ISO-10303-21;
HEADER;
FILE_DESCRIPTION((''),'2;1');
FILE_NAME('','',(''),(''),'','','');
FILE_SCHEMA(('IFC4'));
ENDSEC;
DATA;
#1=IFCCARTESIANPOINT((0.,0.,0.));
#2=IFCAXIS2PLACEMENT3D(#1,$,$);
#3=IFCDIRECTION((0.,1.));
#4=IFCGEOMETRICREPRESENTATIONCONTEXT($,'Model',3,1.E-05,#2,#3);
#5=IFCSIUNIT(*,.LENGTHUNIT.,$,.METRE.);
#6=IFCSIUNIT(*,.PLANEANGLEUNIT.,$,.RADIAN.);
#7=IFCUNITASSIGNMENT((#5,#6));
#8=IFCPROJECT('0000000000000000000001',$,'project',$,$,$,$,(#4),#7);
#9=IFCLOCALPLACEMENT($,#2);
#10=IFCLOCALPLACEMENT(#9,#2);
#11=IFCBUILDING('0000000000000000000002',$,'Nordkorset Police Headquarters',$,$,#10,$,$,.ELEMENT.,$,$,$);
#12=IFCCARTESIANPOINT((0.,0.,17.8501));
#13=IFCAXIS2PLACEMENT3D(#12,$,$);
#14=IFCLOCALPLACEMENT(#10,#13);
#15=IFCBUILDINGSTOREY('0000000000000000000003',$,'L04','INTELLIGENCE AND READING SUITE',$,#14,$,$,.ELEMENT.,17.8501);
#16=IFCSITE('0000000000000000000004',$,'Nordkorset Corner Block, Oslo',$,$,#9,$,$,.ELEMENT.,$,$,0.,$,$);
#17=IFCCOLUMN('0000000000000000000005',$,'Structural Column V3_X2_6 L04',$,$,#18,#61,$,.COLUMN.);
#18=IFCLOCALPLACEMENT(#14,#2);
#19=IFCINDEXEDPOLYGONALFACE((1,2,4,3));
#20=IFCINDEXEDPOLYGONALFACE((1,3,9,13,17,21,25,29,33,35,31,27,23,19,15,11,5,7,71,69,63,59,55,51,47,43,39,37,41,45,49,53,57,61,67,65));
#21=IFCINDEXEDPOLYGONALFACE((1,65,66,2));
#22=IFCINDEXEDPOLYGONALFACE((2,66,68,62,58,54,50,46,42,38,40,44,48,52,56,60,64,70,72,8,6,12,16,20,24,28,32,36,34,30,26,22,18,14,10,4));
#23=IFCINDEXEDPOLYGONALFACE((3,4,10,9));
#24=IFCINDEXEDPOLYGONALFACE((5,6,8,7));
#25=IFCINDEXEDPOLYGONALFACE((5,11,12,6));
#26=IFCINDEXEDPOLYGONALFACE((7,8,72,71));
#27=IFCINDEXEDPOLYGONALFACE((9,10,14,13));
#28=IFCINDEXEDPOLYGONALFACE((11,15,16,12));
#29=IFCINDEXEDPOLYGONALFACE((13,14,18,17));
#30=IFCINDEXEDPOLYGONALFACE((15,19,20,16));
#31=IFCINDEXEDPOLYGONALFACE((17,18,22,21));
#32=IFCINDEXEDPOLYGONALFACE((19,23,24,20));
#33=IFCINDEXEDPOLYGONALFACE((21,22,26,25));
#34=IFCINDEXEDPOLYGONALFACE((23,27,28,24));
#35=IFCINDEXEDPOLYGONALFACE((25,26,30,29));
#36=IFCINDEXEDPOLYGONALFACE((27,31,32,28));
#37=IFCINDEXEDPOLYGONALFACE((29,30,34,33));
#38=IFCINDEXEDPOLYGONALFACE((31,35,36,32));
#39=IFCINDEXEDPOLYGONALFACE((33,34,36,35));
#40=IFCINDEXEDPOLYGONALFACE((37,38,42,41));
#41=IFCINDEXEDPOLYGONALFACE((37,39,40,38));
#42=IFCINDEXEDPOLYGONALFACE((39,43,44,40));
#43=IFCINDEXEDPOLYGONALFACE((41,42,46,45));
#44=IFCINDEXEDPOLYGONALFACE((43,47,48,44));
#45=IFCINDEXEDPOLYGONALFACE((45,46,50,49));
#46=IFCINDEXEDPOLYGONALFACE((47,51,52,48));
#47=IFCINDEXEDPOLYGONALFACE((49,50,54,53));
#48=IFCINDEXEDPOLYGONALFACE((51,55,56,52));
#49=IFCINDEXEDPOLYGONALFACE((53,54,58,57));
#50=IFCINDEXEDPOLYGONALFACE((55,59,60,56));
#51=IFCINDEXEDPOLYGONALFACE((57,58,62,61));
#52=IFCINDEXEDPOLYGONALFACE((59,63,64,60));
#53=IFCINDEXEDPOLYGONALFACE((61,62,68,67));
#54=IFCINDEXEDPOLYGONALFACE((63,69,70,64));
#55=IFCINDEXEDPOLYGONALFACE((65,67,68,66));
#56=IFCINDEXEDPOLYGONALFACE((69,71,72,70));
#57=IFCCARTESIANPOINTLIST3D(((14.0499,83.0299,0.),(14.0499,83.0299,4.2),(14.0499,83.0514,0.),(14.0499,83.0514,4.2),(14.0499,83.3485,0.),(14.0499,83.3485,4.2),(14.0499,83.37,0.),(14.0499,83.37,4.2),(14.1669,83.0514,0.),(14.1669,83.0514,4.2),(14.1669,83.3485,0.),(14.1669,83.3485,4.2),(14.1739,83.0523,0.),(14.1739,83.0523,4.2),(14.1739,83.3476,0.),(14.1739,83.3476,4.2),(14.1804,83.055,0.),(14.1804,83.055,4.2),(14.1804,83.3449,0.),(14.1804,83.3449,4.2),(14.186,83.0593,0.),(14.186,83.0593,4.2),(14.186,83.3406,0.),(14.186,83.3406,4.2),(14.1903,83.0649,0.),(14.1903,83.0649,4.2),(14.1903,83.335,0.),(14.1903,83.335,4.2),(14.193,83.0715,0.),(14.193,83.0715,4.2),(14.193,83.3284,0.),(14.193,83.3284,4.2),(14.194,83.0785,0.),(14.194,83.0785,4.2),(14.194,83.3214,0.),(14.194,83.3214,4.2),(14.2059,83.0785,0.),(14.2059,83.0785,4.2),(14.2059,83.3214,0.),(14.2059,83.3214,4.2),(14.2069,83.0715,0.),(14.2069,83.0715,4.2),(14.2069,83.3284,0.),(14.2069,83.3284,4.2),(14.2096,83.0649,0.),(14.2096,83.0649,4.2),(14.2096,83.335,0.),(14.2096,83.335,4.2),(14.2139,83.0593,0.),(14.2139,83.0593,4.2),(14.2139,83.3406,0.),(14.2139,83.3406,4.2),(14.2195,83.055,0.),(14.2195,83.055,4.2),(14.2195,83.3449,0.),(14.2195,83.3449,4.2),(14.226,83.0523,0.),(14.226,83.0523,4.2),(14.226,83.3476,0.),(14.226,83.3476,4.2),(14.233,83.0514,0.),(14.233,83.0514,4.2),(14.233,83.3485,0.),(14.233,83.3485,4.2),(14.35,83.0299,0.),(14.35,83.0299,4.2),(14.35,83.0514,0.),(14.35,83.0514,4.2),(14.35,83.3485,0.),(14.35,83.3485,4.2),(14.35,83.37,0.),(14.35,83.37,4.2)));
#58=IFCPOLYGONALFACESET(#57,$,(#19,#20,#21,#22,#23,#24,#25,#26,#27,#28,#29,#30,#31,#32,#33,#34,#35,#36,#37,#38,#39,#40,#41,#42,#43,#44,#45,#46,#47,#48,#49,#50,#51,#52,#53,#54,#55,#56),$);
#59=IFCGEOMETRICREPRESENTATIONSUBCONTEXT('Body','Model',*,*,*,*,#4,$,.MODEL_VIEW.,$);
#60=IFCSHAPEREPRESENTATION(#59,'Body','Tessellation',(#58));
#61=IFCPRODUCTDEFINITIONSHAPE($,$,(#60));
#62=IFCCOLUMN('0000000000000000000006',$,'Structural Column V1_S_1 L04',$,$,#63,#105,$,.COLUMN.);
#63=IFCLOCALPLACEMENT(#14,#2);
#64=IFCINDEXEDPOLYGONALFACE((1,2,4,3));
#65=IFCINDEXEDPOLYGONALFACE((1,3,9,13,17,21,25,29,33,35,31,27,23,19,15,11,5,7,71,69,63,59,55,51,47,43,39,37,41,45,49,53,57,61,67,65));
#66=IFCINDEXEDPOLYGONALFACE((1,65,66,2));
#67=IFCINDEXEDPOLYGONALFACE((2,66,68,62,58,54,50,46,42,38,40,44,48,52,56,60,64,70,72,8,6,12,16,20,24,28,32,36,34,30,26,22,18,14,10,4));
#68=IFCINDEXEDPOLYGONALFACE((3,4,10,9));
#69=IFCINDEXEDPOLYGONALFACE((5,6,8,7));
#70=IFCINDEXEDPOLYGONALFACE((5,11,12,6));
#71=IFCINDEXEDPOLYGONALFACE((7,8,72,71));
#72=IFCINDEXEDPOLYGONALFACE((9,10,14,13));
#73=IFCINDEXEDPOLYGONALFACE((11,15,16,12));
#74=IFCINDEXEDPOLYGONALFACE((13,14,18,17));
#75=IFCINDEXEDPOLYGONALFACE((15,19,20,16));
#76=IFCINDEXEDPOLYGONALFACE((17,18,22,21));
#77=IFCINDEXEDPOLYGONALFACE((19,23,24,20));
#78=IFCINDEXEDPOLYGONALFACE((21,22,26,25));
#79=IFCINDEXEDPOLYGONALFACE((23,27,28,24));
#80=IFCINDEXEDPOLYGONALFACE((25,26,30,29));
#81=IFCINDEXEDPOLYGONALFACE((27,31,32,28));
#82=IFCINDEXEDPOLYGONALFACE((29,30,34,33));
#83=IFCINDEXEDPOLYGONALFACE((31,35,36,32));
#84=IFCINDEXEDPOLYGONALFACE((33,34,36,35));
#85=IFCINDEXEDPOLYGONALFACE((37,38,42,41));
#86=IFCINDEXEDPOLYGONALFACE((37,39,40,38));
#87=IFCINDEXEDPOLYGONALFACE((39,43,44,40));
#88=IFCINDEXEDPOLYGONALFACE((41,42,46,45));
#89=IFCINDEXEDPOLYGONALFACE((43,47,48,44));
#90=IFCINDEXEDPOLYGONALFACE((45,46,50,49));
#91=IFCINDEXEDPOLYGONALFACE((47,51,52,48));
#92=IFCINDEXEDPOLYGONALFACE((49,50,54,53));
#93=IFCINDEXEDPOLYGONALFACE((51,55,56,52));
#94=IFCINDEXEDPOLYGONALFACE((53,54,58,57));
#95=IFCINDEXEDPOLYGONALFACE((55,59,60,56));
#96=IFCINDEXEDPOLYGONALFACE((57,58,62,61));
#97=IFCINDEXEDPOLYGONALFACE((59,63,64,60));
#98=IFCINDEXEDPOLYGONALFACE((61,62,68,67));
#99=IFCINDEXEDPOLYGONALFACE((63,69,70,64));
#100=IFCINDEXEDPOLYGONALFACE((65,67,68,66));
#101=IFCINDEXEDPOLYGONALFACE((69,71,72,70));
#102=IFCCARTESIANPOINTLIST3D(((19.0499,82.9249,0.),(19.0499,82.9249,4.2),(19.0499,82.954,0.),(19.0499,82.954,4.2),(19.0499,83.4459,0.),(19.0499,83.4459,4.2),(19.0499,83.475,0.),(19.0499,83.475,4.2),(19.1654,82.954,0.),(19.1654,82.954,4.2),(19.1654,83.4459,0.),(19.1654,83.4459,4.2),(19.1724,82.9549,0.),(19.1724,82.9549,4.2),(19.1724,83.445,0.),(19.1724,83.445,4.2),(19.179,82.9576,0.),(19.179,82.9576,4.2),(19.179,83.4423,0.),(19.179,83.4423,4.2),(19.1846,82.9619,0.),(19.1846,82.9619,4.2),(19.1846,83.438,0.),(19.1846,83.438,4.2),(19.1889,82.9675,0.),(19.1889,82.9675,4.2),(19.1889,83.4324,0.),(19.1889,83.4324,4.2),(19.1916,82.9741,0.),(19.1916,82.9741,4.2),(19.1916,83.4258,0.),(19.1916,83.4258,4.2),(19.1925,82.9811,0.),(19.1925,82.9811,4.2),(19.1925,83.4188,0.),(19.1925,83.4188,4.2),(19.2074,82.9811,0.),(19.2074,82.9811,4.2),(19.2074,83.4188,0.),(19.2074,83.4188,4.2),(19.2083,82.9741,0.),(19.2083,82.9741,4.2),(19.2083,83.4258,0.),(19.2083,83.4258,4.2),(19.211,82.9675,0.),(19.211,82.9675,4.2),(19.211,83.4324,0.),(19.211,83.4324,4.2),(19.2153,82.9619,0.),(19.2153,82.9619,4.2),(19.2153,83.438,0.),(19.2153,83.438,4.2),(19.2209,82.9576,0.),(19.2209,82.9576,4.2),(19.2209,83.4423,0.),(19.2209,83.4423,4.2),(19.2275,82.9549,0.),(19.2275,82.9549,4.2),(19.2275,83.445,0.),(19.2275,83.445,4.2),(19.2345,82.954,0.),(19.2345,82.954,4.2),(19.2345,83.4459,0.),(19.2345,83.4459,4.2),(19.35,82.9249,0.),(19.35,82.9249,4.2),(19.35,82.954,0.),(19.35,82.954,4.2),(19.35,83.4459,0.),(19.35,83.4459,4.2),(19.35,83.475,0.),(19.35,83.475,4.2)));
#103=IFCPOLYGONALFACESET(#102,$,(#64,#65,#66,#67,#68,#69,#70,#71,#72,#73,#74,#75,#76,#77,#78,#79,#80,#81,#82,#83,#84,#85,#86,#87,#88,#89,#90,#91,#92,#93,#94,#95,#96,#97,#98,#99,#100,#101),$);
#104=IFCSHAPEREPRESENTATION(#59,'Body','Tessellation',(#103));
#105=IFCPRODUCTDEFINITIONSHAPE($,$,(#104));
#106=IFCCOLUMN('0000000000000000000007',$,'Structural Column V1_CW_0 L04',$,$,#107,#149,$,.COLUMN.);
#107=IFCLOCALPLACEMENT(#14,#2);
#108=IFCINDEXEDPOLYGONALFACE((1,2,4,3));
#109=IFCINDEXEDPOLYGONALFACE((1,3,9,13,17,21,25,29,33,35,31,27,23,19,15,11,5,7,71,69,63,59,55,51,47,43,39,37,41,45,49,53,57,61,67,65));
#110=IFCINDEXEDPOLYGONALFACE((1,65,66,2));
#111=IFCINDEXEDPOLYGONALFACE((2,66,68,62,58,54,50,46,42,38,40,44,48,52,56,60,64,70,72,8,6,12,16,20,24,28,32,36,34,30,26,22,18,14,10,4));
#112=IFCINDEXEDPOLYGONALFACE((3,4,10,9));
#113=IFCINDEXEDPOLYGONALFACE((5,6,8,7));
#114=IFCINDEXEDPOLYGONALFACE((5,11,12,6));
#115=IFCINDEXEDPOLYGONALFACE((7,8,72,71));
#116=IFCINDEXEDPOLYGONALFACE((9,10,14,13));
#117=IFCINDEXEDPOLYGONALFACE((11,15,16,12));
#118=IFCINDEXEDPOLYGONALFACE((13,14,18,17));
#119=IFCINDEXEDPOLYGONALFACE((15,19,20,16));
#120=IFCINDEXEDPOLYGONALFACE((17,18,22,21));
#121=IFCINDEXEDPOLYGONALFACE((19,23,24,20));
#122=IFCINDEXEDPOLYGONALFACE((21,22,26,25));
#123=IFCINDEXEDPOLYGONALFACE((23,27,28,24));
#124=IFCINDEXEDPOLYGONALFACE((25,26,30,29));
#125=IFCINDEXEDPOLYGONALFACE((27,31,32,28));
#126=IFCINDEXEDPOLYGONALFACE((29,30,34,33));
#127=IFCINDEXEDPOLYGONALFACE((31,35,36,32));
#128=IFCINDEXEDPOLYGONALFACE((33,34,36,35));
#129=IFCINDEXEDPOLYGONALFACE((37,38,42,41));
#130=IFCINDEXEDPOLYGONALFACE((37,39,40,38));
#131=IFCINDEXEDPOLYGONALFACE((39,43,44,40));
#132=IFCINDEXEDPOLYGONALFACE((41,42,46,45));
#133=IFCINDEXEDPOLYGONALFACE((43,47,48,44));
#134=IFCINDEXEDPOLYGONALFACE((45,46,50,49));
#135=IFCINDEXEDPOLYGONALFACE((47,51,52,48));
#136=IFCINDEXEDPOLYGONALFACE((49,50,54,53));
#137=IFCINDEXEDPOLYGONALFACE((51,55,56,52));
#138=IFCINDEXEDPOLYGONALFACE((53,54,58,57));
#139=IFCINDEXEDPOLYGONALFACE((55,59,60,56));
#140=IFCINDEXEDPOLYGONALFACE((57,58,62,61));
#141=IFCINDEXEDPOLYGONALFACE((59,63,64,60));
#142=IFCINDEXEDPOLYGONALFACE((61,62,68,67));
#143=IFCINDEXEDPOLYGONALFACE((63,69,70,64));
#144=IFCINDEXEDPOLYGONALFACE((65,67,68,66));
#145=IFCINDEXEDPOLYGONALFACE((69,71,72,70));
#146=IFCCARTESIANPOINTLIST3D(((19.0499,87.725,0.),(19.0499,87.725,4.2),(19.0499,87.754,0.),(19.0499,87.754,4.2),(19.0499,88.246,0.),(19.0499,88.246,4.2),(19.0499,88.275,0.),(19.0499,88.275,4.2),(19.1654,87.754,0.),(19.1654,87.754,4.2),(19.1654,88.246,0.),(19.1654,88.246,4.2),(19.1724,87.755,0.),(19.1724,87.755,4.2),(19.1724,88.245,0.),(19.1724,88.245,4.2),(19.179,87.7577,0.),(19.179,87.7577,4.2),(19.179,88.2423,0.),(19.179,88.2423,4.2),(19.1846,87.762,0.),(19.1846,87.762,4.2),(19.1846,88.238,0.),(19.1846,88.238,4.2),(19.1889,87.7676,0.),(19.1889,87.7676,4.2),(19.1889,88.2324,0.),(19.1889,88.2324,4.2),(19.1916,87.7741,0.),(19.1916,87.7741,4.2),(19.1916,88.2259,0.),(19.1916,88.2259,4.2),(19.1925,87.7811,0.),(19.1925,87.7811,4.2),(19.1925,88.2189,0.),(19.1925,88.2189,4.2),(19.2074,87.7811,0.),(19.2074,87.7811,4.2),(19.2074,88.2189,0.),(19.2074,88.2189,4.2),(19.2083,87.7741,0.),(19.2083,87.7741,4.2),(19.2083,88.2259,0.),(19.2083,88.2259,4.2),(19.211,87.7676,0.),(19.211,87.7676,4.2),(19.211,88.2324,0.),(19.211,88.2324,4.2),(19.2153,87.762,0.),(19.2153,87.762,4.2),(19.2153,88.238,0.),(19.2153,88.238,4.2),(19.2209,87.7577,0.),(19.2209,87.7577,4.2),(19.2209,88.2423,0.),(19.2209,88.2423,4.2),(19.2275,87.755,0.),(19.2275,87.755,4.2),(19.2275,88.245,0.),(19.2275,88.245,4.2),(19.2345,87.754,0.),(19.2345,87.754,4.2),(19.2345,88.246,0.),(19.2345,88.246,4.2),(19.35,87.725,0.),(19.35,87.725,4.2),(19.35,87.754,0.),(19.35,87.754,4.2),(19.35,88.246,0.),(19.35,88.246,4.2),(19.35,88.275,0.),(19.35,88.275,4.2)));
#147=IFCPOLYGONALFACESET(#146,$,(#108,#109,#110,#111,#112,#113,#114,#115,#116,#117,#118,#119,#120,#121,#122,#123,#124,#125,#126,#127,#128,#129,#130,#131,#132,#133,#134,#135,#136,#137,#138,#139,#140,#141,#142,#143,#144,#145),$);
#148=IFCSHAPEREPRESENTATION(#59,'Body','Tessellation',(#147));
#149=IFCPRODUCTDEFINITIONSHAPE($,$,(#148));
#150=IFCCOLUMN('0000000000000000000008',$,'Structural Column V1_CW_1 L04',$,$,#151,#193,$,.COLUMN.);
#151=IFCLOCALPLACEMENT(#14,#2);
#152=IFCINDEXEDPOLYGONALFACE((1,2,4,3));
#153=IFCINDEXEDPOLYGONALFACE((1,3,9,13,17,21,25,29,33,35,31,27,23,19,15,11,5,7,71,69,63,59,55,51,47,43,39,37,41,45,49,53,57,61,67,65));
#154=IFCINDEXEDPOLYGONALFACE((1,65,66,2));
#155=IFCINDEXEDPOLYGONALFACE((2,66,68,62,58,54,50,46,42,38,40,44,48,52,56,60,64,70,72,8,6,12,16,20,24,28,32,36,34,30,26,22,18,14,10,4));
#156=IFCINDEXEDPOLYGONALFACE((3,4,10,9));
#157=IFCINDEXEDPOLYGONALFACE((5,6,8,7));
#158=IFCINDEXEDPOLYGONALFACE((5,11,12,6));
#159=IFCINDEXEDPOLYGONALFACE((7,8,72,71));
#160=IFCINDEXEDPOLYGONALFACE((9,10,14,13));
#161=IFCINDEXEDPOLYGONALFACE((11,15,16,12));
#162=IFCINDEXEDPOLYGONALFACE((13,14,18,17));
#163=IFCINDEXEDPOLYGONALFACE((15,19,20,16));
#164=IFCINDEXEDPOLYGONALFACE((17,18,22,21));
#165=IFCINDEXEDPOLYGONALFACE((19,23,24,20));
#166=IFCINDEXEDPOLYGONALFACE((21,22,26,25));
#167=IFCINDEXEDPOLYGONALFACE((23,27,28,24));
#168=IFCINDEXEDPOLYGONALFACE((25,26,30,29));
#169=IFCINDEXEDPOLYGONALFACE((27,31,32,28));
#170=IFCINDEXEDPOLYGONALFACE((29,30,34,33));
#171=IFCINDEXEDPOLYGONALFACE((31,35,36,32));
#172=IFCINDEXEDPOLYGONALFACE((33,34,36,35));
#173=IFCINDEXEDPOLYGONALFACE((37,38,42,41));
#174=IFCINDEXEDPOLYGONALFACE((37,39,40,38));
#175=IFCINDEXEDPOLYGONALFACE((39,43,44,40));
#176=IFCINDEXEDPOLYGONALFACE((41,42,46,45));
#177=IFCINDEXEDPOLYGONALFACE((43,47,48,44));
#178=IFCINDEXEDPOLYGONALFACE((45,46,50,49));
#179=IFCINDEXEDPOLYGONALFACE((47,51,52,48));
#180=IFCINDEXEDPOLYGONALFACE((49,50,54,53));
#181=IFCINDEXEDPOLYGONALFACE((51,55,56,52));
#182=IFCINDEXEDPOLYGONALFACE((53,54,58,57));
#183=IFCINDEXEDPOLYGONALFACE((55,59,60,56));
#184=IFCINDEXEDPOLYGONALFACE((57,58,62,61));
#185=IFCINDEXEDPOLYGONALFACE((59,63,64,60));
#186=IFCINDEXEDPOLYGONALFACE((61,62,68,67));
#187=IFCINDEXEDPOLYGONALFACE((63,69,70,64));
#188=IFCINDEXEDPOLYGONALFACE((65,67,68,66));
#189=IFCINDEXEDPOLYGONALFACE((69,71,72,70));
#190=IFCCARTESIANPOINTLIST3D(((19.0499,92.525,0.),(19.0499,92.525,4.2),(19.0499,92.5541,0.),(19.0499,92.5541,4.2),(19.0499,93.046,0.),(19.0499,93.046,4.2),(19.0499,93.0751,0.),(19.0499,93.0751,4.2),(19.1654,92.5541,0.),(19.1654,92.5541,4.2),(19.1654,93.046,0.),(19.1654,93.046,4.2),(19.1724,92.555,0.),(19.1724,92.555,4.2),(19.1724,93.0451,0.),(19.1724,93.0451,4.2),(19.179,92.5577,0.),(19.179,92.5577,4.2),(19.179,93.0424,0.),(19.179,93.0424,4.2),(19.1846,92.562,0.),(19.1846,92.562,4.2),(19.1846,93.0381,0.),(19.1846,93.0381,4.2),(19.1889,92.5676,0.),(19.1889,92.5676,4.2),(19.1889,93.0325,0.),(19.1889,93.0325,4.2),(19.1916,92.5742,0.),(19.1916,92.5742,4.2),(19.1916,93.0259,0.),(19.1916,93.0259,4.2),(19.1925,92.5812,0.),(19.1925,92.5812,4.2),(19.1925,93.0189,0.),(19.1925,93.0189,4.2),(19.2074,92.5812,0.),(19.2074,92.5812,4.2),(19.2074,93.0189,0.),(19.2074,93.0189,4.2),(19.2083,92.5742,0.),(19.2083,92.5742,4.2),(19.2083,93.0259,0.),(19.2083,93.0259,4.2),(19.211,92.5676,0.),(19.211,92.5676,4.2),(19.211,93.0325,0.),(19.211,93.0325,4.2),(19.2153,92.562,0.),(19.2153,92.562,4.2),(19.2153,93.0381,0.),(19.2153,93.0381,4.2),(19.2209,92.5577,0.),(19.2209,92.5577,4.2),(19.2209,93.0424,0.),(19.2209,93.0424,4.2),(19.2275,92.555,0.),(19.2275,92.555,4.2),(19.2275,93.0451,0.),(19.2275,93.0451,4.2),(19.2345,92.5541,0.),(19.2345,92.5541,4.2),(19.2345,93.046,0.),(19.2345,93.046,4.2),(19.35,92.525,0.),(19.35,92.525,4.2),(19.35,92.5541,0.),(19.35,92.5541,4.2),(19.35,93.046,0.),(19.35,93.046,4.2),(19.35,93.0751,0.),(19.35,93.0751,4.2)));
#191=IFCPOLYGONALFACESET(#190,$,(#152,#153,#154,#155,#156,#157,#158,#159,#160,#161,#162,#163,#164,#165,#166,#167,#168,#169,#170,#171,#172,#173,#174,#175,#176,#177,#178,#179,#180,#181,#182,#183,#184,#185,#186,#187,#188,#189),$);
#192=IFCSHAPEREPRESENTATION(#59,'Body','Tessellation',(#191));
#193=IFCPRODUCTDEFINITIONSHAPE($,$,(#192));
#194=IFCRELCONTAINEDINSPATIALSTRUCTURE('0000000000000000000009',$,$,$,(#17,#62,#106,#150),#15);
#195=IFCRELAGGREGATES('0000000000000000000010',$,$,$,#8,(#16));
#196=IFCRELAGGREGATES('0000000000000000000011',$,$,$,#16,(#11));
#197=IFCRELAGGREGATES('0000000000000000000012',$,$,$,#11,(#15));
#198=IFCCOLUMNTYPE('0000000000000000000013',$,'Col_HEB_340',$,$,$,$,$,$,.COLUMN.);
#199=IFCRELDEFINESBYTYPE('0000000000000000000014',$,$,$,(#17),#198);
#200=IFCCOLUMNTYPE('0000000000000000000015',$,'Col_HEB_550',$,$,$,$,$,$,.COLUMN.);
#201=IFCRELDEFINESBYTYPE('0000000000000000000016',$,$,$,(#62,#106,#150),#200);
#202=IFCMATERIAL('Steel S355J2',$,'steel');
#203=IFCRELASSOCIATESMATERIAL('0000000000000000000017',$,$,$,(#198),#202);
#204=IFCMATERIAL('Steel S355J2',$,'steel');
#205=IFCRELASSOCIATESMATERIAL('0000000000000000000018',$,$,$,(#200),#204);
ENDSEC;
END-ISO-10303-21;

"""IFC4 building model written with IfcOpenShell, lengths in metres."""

from ifc_helpers import new_model, si_unit, direction, frame, origin, origin_2d, place, context, subcontext, project, spatial, i_section, extrude, material, material_profile, profile_set, type_object, element, save


model = new_model("IFC4")

# Units and contexts
model_context = context("Model", 3, precision=1e-05, world=origin(), true_north=direction((0.0, 1.0)))
body_context = subcontext(model_context, "Body", "Model", "MODEL_VIEW")
ifc_project = project(units=[si_unit("LENGTHUNIT", "METRE"), si_unit("PLANEANGLEUNIT", "RADIAN")], contexts=[model_context])

# Site, building, storey
site_placement = place(None, origin())
site = spatial("IfcSite", under=ifc_project, at=site_placement, Name="Nordkorset Corner Block, Oslo", CompositionType="ELEMENT", RefElevation=0.0)
building_placement = place(site_placement, origin())
building = spatial("IfcBuilding", under=site, at=building_placement, Name="Nordkorset Police Headquarters", CompositionType="ELEMENT")
storey_placement = place(building_placement, frame((0.0, 0.0, 17.8501)))
storey = spatial("IfcBuildingStorey", under=building, at=storey_placement, Name="L04", Description="INTELLIGENCE AND READING SUITE", CompositionType="ELEMENT", Elevation=17.8501)

# Columns
ifc_material_1 = material(Name="Steel S355J2", Category="steel")
ifc_material_profile_1 = material_profile(ifc_material_1, i_section(OverallWidth=0.3, OverallDepth=0.3401, WebThickness=0.012, FlangeThickness=0.0215, FilletRadius=0.0271, at=origin_2d()), Name="HEB 340")
ifc_profile_set_1 = profile_set([ifc_material_profile_1], Name="Steel S355J2")
column_type_1 = type_object("IfcColumnType", Name="Col_HEB_340", PredefinedType="COLUMN", material=ifc_profile_set_1)
column_placement = place(storey_placement, frame((14.2, 83.2, 0.0), z_axis=(0.0, 0.0, 1.0), x_axis=(1.0, 0.0, 0.0)))
element("IfcColumn", 1, at=column_placement, inside=storey, type_object=column_type_1, Name="Structural Column V3_X2_6 L04", PredefinedType="COLUMN", context=body_context, shape_type="SweptSolid", body=[
    extrude(i_section(OverallWidth=0.3, OverallDepth=0.3401, WebThickness=0.012, FlangeThickness=0.0215, FilletRadius=0.0271, at=origin_2d()), origin(), (0.0, 0.0, 1.0), 4.2),
])
ifc_material_2 = material(Name="Steel S355J2", Category="steel")
ifc_material_profile_2 = material_profile(ifc_material_2, i_section(OverallWidth=0.3, OverallDepth=0.55, WebThickness=0.0149, FlangeThickness=0.0291, FilletRadius=0.0271, at=origin_2d()), Name="HEB 550")
ifc_profile_set_2 = profile_set([ifc_material_profile_2], Name="Steel S355J2")
column_type_2 = type_object("IfcColumnType", Name="Col_HEB_550", PredefinedType="COLUMN", material=ifc_profile_set_2)
for number, where, z_axis, x_axis, name in (
    (2, (19.2, 83.2, 0.0), (0.0, 0.0, 1.0), (1.0, 0.0, 0.0), "Structural Column V1_S_1 L04"),
    (3, (19.2, 88.0, 0.0), (0.0, 0.0, 1.0), (1.0, 0.0, 0.0), "Structural Column V1_CW_0 L04"),
    (4, (19.2, 92.8, 0.0), (0.0, 0.0, 1.0), (1.0, 0.0, 0.0), "Structural Column V1_CW_1 L04"),
):
    element("IfcColumn", number, at=place(storey_placement, frame(where, z_axis=z_axis, x_axis=x_axis)), inside=storey, type_object=column_type_2, Name=name, PredefinedType="COLUMN", context=body_context, shape_type="SweptSolid", body=[
        extrude(i_section(OverallWidth=0.3, OverallDepth=0.55, WebThickness=0.0149, FlangeThickness=0.0291, FilletRadius=0.0271, at=origin_2d()), origin(), (0.0, 0.0, 1.0), 4.2),
    ])

save(model, "model.ifc")
